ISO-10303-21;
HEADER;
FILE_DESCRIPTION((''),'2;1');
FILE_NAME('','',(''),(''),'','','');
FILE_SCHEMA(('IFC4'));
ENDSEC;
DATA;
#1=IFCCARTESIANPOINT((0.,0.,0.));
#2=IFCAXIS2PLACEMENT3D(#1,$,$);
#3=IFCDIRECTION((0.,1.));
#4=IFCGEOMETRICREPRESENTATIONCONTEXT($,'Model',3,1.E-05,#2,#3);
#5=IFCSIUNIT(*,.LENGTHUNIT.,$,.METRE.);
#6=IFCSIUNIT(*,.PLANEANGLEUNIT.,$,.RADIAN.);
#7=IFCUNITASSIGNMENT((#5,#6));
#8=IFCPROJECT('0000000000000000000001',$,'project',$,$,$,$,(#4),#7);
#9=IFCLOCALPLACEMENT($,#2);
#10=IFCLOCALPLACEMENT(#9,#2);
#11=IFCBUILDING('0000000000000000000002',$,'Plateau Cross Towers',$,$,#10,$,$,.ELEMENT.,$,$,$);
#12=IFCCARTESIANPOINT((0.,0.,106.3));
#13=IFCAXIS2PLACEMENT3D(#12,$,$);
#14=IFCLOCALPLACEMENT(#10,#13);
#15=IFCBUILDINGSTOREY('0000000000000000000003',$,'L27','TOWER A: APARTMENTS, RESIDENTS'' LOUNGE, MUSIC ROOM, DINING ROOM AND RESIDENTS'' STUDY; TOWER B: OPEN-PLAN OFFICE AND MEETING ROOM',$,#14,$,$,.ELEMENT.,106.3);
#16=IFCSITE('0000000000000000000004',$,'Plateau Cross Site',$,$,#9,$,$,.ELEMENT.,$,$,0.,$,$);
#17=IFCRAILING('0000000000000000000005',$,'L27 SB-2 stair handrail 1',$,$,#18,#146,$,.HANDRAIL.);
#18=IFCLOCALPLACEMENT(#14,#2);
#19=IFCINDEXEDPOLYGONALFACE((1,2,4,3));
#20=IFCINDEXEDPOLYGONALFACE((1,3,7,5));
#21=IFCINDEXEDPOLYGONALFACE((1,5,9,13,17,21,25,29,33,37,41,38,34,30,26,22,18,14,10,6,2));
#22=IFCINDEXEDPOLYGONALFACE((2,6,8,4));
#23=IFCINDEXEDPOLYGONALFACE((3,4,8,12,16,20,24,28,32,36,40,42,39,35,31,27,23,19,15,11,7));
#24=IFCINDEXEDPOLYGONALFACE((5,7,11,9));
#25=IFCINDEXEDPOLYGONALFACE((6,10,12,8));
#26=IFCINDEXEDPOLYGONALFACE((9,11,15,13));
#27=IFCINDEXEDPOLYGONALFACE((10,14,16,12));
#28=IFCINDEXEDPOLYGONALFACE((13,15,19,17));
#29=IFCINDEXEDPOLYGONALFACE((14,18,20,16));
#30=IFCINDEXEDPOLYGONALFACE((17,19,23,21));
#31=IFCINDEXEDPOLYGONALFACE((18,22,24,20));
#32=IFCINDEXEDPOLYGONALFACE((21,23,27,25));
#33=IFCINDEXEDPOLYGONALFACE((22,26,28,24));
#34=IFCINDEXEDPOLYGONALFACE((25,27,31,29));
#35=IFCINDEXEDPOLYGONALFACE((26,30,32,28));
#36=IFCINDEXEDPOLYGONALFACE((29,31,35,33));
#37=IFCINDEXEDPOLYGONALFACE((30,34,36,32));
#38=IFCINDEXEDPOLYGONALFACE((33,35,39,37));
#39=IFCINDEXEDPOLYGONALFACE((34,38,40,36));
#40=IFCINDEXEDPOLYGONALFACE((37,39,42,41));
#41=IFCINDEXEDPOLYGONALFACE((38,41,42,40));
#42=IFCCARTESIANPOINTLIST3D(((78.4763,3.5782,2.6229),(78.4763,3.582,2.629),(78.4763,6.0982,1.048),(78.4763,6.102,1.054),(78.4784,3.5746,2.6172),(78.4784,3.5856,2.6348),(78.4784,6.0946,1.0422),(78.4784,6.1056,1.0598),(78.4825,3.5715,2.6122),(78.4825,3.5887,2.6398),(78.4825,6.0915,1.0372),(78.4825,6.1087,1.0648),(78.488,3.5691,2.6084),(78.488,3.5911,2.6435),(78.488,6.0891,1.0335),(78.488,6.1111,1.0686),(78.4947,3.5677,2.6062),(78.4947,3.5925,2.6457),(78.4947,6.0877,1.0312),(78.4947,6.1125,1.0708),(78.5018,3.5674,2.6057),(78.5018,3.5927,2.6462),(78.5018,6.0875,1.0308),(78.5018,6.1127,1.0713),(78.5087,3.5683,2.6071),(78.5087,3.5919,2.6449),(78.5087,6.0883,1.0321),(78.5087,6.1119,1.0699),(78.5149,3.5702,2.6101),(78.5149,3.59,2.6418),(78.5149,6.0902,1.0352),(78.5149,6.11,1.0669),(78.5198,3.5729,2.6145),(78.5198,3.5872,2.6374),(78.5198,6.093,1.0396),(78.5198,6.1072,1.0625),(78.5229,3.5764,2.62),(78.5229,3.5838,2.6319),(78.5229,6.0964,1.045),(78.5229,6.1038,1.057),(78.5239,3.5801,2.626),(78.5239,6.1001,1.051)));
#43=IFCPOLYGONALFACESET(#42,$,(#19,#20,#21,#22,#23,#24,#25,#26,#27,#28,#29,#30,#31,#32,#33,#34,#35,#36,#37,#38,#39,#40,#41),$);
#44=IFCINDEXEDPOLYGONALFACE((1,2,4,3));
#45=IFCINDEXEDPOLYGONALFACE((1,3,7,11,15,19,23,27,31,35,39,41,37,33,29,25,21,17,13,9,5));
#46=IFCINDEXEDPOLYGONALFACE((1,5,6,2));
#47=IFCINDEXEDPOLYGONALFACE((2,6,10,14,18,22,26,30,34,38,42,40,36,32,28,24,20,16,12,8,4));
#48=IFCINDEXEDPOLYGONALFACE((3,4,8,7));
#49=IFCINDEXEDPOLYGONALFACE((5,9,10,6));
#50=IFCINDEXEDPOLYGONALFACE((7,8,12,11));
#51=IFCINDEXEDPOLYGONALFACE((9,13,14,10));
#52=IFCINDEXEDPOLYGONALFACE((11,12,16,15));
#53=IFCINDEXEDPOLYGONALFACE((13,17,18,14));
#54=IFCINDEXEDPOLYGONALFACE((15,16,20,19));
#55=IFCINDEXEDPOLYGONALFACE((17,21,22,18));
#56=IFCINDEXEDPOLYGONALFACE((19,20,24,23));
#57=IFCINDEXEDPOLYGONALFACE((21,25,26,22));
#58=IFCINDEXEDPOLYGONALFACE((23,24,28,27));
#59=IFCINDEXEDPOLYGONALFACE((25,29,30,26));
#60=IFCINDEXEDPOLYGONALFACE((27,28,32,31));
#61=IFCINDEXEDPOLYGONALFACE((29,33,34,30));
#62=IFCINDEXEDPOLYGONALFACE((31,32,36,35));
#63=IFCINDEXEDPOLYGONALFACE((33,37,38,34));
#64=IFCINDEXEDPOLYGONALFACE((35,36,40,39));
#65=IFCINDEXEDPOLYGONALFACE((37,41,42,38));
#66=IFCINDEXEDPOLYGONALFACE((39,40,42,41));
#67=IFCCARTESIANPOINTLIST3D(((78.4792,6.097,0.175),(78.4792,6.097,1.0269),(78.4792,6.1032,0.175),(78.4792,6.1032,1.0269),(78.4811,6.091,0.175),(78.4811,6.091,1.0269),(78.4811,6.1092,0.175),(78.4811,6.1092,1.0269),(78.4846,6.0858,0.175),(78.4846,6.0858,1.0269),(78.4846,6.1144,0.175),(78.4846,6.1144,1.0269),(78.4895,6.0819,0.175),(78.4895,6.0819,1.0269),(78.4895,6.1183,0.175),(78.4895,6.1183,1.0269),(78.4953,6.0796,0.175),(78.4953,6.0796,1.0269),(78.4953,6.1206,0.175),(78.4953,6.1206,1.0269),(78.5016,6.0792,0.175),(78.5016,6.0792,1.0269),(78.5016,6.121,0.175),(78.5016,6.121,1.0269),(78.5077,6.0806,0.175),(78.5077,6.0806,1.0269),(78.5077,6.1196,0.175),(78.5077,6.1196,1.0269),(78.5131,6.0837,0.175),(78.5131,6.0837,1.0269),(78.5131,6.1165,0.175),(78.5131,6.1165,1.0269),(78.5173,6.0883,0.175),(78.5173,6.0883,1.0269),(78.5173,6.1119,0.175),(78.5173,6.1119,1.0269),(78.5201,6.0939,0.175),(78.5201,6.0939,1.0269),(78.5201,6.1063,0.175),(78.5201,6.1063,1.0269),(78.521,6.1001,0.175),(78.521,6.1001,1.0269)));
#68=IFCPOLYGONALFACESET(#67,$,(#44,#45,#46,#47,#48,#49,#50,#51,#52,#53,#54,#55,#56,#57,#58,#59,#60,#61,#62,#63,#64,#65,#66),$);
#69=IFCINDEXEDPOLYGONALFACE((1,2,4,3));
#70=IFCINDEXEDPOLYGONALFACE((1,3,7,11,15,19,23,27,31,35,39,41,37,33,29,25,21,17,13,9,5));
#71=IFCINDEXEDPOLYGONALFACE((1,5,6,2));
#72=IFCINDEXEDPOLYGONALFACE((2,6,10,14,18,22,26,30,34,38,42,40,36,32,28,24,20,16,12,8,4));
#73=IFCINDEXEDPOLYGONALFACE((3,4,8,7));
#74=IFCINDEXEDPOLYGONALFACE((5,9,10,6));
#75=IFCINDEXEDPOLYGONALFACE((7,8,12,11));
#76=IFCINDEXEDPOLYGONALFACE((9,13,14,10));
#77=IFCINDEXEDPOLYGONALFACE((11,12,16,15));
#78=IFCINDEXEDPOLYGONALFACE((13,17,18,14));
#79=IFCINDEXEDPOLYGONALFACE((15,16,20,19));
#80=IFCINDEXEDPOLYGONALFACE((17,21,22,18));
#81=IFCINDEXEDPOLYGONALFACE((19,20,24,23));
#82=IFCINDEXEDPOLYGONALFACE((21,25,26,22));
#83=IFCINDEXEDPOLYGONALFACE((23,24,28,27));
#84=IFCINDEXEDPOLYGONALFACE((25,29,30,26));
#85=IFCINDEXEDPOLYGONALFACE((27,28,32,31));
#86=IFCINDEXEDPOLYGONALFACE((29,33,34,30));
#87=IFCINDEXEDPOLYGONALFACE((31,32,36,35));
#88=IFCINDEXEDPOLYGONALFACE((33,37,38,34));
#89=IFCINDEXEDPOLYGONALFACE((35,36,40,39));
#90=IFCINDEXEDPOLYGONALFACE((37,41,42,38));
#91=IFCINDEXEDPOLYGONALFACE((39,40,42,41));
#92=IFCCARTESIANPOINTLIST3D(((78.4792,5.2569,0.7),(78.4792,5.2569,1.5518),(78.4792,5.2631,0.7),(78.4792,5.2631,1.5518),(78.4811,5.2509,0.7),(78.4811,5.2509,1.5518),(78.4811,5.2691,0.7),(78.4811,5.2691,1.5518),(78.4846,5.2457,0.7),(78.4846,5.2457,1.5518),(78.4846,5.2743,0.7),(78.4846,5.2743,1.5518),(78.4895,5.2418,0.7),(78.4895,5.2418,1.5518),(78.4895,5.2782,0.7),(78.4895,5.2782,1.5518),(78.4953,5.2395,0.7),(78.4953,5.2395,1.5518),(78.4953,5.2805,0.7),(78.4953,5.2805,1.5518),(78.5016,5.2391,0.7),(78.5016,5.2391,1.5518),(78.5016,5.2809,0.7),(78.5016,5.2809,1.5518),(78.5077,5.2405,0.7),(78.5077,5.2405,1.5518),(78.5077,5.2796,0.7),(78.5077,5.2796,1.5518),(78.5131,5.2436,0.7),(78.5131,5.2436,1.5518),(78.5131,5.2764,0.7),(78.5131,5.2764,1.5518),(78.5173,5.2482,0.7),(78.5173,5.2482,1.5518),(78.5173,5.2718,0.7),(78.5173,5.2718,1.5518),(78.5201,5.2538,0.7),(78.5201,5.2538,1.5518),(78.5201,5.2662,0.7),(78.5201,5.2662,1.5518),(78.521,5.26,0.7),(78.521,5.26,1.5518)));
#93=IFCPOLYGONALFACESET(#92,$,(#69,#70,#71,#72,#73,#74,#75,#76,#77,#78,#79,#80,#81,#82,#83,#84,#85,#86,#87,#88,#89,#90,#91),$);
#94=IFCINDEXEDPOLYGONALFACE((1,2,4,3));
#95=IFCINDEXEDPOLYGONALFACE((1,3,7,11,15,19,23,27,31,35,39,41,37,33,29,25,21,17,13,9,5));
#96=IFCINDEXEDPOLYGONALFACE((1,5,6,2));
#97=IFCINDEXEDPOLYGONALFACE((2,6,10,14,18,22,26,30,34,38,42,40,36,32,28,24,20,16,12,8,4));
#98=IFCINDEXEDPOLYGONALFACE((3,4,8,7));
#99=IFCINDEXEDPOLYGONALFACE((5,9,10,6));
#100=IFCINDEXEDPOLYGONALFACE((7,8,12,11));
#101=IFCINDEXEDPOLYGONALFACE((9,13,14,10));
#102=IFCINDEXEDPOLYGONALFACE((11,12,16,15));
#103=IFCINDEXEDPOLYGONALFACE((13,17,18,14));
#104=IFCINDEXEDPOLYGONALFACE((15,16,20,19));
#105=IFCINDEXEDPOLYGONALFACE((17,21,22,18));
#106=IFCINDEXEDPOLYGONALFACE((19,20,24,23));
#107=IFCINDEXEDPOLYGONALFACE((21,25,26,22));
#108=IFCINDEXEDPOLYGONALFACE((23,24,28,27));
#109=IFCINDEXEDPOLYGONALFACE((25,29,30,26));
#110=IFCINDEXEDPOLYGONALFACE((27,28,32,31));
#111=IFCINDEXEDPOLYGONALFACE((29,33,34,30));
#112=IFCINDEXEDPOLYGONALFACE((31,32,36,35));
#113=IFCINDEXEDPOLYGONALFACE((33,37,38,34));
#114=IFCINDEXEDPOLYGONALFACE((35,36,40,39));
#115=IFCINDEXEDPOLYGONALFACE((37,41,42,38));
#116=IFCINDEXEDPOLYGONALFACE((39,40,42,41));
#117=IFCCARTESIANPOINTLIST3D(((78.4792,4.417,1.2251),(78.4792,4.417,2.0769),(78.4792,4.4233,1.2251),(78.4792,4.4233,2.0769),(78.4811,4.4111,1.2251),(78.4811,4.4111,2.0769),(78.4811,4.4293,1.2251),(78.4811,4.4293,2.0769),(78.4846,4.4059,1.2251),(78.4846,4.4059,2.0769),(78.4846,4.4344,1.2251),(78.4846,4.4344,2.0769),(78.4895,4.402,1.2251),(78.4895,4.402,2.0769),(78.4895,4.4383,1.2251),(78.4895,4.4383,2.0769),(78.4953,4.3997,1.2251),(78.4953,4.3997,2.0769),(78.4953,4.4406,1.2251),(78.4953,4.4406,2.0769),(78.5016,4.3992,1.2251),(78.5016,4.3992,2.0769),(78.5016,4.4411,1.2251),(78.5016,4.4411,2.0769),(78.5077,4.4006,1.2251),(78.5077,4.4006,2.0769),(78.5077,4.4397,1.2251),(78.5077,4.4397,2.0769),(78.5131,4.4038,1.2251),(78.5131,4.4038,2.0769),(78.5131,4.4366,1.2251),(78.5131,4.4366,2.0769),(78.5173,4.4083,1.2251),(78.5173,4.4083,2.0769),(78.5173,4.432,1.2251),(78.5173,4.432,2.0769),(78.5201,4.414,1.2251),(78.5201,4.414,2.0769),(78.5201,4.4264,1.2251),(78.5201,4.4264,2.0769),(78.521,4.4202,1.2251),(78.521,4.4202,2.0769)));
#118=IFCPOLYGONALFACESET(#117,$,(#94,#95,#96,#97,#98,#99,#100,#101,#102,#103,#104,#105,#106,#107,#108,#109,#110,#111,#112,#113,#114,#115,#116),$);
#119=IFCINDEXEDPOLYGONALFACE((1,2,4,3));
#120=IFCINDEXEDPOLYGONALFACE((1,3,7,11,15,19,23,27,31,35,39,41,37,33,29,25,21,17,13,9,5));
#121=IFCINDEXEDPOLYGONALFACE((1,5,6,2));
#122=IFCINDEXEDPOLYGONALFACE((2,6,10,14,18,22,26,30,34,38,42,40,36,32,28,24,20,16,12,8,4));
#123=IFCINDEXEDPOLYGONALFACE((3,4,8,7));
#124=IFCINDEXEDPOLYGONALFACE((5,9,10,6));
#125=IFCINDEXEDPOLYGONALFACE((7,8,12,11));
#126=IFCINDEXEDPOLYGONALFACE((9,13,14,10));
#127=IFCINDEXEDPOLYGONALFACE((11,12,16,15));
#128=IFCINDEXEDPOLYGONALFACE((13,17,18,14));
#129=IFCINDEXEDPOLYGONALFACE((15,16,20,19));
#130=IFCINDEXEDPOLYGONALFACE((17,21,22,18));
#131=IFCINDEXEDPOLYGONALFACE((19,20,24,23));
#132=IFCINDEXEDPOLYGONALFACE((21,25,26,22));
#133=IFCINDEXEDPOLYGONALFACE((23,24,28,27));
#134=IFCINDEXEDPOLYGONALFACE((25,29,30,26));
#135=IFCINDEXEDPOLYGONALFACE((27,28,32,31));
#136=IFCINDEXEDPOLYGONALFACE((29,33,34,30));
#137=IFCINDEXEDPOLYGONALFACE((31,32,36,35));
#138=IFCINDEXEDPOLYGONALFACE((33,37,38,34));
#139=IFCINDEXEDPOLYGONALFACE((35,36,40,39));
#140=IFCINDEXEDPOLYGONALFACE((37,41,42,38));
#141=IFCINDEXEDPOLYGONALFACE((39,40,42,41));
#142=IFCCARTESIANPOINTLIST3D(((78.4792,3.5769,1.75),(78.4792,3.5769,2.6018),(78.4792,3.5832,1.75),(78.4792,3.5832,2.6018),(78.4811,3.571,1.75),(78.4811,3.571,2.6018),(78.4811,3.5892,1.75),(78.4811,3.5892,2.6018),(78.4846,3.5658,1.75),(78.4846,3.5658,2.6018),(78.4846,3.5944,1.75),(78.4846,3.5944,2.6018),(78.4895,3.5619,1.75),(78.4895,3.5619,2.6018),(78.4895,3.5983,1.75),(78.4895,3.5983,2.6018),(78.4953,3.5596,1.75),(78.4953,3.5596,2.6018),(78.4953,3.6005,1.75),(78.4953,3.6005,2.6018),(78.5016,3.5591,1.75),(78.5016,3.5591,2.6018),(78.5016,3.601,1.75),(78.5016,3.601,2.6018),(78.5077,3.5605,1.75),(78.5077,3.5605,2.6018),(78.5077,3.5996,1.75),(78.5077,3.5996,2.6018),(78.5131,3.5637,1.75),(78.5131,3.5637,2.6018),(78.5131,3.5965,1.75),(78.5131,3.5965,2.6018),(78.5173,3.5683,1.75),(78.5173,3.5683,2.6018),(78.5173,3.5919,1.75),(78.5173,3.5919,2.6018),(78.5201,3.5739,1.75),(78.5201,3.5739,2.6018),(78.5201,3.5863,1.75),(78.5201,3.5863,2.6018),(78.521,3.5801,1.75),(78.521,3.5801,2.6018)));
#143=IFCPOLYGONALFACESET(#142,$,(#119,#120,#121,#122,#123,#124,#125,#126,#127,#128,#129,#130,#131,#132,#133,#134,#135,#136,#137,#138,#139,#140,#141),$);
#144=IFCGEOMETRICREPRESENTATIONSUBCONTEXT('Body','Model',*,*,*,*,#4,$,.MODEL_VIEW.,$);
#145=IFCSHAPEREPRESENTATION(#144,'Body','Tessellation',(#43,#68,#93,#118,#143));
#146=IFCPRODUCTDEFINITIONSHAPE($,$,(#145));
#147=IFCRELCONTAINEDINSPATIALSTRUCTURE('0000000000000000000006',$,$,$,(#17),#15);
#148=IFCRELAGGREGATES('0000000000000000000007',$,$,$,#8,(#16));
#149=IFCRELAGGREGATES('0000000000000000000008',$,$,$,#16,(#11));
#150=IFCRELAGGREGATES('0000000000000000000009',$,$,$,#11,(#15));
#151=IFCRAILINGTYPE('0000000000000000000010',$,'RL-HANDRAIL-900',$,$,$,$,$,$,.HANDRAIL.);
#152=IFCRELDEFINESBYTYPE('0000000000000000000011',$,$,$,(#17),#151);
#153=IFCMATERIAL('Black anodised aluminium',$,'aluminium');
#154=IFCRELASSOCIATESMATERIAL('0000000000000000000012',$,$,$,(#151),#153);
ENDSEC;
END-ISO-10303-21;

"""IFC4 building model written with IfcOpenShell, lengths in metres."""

from ifc_helpers import new_model, si_unit, direction, frame, origin, origin_2d, place, context, subcontext, project, spatial, circle, extrude, material, type_object, element, save


model = new_model("IFC4")

# Units and contexts
model_context = context("Model", 3, precision=1e-05, world=origin(), true_north=direction((0.0, 1.0)))
body_context = subcontext(model_context, "Body", "Model", "MODEL_VIEW")
ifc_project = project(units=[si_unit("LENGTHUNIT", "METRE"), si_unit("PLANEANGLEUNIT", "RADIAN")], contexts=[model_context])

# Site, building, storey
site_placement = place(None, origin())
site = spatial("IfcSite", under=ifc_project, at=site_placement, Name="Plateau Cross Site", CompositionType="ELEMENT", RefElevation=0.0)
building_placement = place(site_placement, origin())
building = spatial("IfcBuilding", under=site, at=building_placement, Name="Plateau Cross Towers", CompositionType="ELEMENT")
storey_placement = place(building_placement, frame((0.0, 0.0, 106.3)))
storey = spatial("IfcBuildingStorey", under=building, at=storey_placement, Name="L27", Description="TOWER A: APARTMENTS, RESIDENTS' LOUNGE, MUSIC ROOM, DINING ROOM AND RESIDENTS' STUDY; TOWER B: OPEN-PLAN OFFICE AND MEETING ROOM", CompositionType="ELEMENT", Elevation=106.3)

# Railing
ifc_material_1 = material(Name="Black anodised aluminium", Category="aluminium")
railing_type_1 = type_object("IfcRailingType", Name="RL-HANDRAIL-900", PredefinedType="HANDRAIL", material=ifc_material_1)
railing_1_placement = place(storey_placement, frame((78.5, 6.1001, 0.175)))
element("IfcRailing", 1, at=railing_1_placement, inside=storey, type_object=railing_type_1, Name="L27 SB-2 stair handrail 1", PredefinedType="HANDRAIL", context=body_context, shape_type="SweptSolid", body=[
    extrude(circle(Radius=0.0239, at=origin_2d()), frame((0.0, 0.0, 0.876), z_axis=(0.0, -0.848008, 0.529984), x_axis=(1.0, 0.0, 0.0)), (0.0, 0.0, 1.0), 2.9717),
    extrude(circle(Radius=0.021, at=origin_2d()), origin(), (0.0, 0.0, 1.0), 0.8518),
    extrude(circle(Radius=0.021, at=origin_2d()), frame((0.0, -0.8401, 0.5249)), (0.0, 0.0, 1.0), 0.8518),
    extrude(circle(Radius=0.021, at=origin_2d()), frame((0.0, -1.6799, 1.05)), (0.0, 0.0, 1.0), 0.8518),
    extrude(circle(Radius=0.021, at=origin_2d()), frame((0.0, -2.52, 1.575)), (0.0, 0.0, 1.0), 0.8518),
])

save(model, "model.ifc")
